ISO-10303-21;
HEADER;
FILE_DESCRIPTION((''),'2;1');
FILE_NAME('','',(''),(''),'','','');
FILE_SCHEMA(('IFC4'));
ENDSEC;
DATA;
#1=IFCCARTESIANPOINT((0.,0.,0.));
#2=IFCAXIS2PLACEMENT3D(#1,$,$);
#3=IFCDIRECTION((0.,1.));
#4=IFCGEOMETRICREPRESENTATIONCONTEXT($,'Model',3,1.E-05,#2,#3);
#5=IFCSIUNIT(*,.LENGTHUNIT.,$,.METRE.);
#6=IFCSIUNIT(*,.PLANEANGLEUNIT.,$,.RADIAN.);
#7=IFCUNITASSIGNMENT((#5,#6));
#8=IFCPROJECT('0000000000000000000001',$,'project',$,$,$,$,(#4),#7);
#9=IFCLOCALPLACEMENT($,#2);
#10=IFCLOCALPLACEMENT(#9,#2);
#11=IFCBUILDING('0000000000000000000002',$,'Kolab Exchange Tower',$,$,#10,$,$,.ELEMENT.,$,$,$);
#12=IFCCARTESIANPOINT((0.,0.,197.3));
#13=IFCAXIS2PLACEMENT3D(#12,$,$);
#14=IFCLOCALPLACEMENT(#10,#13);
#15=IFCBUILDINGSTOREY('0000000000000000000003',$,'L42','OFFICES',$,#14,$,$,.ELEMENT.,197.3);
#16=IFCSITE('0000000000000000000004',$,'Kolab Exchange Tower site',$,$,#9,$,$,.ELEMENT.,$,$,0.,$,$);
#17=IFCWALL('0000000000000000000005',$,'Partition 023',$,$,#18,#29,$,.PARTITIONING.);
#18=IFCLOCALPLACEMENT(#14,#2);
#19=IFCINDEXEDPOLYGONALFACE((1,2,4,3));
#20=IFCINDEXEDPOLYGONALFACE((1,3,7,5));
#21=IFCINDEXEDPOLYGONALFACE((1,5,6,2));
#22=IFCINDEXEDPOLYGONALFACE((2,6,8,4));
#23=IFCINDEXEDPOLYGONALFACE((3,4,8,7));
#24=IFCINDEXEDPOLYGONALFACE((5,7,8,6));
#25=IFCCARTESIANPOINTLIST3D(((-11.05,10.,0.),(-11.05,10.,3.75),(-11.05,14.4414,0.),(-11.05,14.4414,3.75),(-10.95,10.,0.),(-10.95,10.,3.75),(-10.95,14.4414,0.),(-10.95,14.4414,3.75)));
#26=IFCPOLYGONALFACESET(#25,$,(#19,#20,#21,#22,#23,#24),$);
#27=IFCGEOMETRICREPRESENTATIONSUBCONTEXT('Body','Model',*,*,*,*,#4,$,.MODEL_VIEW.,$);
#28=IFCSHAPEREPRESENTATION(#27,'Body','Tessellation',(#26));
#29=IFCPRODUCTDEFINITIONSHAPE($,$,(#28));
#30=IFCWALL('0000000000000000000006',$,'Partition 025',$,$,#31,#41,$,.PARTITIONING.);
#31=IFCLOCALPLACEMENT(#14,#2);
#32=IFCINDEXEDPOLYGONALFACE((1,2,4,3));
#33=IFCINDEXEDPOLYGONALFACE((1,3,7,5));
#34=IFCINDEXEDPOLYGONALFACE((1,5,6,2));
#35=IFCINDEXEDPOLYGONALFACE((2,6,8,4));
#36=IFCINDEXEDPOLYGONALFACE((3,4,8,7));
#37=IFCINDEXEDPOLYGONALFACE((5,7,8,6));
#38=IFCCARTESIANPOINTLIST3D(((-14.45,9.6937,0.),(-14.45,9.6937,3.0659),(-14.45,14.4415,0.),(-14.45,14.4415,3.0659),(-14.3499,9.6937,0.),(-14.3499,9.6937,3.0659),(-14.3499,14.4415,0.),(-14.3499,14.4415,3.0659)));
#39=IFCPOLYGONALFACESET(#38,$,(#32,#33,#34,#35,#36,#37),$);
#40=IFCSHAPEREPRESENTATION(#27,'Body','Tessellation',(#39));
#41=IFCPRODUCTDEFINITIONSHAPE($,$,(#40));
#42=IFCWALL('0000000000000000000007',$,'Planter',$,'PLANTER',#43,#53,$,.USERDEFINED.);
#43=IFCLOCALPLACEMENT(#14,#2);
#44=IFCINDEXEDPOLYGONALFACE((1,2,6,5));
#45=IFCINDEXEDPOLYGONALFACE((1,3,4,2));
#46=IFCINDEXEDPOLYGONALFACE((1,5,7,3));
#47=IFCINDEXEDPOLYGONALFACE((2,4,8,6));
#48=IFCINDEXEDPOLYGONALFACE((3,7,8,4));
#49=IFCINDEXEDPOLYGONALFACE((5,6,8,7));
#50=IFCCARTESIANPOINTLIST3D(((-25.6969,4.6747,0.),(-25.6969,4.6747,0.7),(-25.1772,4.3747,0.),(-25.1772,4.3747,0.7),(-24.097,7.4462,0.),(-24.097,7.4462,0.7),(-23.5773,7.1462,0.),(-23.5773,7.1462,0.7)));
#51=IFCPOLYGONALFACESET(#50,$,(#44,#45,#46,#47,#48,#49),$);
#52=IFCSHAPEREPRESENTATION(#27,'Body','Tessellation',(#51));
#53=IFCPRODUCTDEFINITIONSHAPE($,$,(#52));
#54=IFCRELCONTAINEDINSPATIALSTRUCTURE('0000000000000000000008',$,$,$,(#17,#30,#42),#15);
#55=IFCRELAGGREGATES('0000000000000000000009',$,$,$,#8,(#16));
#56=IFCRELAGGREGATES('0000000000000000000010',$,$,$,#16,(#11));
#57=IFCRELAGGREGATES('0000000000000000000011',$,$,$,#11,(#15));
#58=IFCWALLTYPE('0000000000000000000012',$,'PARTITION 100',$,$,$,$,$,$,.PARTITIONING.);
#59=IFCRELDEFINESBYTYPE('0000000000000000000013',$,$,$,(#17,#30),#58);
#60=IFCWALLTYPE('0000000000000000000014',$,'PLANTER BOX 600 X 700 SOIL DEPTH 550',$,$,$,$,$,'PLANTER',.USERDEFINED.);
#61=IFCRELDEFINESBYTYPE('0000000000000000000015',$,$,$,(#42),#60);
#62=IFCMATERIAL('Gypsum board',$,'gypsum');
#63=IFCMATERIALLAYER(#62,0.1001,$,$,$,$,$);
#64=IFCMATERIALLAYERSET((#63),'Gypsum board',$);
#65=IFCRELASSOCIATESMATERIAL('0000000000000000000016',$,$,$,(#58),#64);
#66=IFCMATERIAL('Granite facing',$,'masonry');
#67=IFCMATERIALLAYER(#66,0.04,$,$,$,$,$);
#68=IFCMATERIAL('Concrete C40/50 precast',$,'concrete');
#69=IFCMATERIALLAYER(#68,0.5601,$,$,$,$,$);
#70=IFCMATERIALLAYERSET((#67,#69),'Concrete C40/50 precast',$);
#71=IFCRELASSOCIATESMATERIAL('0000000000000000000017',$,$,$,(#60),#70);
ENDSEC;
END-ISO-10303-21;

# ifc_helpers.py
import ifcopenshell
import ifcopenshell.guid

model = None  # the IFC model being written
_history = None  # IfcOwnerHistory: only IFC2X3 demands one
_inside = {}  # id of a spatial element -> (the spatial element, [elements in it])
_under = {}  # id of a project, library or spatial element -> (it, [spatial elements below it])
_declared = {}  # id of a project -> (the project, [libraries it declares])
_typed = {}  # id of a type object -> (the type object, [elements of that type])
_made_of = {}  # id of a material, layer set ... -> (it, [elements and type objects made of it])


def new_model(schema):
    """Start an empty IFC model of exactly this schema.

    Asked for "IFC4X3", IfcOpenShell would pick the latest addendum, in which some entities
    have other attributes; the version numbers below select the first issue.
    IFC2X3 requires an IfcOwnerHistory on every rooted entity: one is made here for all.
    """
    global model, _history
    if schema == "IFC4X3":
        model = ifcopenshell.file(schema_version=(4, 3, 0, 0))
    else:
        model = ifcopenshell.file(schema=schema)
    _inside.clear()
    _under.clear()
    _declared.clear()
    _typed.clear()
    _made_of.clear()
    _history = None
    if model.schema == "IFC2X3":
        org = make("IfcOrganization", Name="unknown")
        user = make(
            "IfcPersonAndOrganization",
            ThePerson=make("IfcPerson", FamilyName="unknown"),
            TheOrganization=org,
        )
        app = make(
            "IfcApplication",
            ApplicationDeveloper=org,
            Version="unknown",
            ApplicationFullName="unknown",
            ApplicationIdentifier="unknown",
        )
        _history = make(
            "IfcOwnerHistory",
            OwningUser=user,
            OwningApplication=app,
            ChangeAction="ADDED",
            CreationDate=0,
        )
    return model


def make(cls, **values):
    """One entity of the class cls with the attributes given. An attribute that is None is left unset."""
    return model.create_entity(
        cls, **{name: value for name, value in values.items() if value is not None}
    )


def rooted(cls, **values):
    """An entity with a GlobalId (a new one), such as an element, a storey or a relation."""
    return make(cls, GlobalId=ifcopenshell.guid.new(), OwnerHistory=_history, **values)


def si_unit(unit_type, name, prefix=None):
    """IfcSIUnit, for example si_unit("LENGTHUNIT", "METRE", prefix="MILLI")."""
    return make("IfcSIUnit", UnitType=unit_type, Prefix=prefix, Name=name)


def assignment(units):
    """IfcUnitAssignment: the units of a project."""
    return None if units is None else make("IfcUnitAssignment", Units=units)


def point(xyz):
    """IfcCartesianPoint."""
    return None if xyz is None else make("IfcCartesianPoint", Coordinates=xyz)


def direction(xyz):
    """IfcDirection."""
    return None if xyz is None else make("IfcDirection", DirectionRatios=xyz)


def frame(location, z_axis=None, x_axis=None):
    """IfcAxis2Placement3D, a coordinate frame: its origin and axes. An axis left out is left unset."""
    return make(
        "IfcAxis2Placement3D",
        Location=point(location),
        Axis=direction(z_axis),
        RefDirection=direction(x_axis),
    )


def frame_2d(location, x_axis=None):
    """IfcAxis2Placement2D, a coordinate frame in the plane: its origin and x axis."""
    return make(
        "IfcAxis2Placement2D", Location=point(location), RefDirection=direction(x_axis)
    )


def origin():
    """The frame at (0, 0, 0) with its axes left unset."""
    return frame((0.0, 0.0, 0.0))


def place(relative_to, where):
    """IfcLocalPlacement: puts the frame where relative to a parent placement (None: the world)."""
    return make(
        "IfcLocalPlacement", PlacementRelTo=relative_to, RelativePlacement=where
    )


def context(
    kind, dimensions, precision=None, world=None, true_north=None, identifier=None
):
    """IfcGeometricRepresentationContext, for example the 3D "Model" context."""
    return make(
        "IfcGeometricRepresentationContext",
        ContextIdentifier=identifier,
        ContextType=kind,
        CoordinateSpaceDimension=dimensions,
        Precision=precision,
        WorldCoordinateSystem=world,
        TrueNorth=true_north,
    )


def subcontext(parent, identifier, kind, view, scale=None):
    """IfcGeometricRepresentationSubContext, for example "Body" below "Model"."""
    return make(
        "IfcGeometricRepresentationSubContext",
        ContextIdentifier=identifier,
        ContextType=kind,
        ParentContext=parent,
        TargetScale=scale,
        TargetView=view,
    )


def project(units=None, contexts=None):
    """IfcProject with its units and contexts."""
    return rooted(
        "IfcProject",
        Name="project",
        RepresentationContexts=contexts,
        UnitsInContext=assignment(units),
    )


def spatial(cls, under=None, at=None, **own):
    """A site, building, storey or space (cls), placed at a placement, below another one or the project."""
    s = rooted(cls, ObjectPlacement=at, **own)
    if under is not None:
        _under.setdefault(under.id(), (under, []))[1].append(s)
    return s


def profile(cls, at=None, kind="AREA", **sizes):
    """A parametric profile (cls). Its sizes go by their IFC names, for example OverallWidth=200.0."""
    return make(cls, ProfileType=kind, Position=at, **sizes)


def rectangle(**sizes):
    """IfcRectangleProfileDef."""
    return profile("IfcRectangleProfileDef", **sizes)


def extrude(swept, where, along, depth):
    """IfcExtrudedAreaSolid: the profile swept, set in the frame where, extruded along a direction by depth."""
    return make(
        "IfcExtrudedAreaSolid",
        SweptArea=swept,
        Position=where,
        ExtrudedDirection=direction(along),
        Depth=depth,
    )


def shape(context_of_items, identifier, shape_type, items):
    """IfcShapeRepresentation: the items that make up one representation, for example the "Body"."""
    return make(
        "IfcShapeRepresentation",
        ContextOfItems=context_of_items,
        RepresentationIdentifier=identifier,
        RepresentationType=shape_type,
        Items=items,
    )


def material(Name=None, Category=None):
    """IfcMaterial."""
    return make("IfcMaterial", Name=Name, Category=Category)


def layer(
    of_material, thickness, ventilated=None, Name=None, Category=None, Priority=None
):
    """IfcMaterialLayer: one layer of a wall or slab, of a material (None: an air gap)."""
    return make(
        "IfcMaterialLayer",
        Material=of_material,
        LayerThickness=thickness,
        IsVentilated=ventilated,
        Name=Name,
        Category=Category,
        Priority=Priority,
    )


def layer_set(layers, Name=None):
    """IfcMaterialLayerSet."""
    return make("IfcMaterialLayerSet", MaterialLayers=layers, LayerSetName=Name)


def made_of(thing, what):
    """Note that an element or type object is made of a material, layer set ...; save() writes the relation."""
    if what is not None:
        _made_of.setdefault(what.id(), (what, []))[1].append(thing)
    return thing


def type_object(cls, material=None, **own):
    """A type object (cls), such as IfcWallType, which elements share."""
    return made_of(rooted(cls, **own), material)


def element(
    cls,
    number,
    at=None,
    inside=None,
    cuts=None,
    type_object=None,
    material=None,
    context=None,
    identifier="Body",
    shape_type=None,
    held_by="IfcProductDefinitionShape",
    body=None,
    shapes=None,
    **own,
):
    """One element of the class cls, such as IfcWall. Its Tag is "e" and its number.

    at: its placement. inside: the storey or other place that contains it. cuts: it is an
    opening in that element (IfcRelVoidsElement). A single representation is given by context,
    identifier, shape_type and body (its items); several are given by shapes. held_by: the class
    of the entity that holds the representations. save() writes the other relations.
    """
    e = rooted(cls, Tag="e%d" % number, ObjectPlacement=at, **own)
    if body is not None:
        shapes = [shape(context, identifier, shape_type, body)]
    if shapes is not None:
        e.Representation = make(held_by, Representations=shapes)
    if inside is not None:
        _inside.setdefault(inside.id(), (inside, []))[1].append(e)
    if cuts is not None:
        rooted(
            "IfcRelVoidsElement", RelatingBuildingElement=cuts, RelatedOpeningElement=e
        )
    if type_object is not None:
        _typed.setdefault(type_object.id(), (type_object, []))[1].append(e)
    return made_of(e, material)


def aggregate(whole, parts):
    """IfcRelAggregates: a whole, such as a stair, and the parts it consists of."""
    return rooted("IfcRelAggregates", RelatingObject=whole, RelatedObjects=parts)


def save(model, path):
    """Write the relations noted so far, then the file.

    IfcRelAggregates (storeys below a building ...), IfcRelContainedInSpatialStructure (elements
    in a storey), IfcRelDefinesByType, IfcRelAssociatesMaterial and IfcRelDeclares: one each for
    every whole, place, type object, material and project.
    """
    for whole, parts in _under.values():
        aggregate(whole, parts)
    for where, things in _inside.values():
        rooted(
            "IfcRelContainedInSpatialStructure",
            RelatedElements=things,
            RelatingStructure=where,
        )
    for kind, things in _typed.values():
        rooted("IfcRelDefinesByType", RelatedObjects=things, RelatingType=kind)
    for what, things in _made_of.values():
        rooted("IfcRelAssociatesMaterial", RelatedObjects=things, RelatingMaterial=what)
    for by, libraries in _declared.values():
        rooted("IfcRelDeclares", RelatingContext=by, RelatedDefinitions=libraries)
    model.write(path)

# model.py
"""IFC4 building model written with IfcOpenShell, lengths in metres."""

from ifc_helpers import new_model, si_unit, direction, frame, frame_2d, origin, place, context, subcontext, project, spatial, rectangle, extrude, material, layer, layer_set, type_object, element, save


model = new_model("IFC4")

# Units and contexts
model_context = context("Model", 3, precision=1e-05, world=origin(), true_north=direction((0.0, 1.0)))
body_context = subcontext(model_context, "Body", "Model", "MODEL_VIEW")
ifc_project = project(units=[si_unit("LENGTHUNIT", "METRE"), si_unit("PLANEANGLEUNIT", "RADIAN")], contexts=[model_context])

# Site, building, storey
site_placement = place(None, origin())
site = spatial("IfcSite", under=ifc_project, at=site_placement, Name="Kolab Exchange Tower site", CompositionType="ELEMENT", RefElevation=0.0)
building_placement = place(site_placement, origin())
building = spatial("IfcBuilding", under=site, at=building_placement, Name="Kolab Exchange Tower", CompositionType="ELEMENT")
storey_placement = place(building_placement, frame((0.0, 0.0, 197.3)))
storey = spatial("IfcBuildingStorey", under=building, at=storey_placement, Name="L42", Description="OFFICES", CompositionType="ELEMENT", Elevation=197.3)

# Walls
ifc_material_1 = material(Name="Gypsum board", Category="gypsum")
ifc_layer_1 = layer(ifc_material_1, 0.1001)
ifc_layer_set_1 = layer_set([ifc_layer_1], Name="Gypsum board")
wall_type_1 = type_object("IfcWallType", Name="PARTITION 100", PredefinedType="PARTITIONING", material=ifc_layer_set_1)
wall_1_placement = place(storey_placement, frame((-11.0, 10.0, 0.0), z_axis=(0.0, 0.0, 1.0), x_axis=(0.0, 1.0, 0.0)))
element("IfcWall", 1, at=wall_1_placement, inside=storey, type_object=wall_type_1, Name="Partition 023", PredefinedType="PARTITIONING", context=body_context, shape_type="SweptSolid", body=[
    extrude(rectangle(XDim=4.4414, YDim=0.1001, at=frame_2d((2.2207, 0.0))), origin(), (0.0, 0.0, 1.0), 3.75),
])
wall_2_placement = place(storey_placement, frame((-14.3999, 9.6936, 0.0), z_axis=(0.0, 0.0, 1.0), x_axis=(0.0, 1.0, 0.0)))
element("IfcWall", 2, at=wall_2_placement, inside=storey, type_object=wall_type_1, Name="Partition 025", PredefinedType="PARTITIONING", context=body_context, shape_type="SweptSolid", body=[
    extrude(rectangle(XDim=4.7478, YDim=0.1001, at=frame_2d((2.374, 0.0))), origin(), (0.0, 0.0, 1.0), 3.0659),
])
ifc_material_2 = material(Name="Granite facing", Category="masonry")
ifc_layer_2 = layer(ifc_material_2, 0.04)
ifc_material_3 = material(Name="Concrete C40/50 precast", Category="concrete")
ifc_layer_3 = layer(ifc_material_3, 0.5601)
ifc_layer_set_2 = layer_set([ifc_layer_2, ifc_layer_3], Name="Concrete C40/50 precast")
wall_type_2 = type_object("IfcWallType", Name="PLANTER BOX 600 X 700 SOIL DEPTH 550", ElementType="PLANTER", PredefinedType="USERDEFINED", material=ifc_layer_set_2)
wall_3_placement = place(storey_placement, frame((-25.437, 4.5247, 0.0), z_axis=(0.0, 0.0, 1.0), x_axis=(0.499938, 0.866061, 0.0)))
element("IfcWall", 3, at=wall_3_placement, inside=storey, type_object=wall_type_2, Name="Planter", ObjectType="PLANTER", PredefinedType="USERDEFINED", context=body_context, shape_type="SweptSolid", body=[
    extrude(rectangle(XDim=3.2002, YDim=0.6001, at=frame_2d((1.6001, 0.0))), origin(), (0.0, 0.0, 1.0), 0.7),
])

save(model, "model.ifc")
